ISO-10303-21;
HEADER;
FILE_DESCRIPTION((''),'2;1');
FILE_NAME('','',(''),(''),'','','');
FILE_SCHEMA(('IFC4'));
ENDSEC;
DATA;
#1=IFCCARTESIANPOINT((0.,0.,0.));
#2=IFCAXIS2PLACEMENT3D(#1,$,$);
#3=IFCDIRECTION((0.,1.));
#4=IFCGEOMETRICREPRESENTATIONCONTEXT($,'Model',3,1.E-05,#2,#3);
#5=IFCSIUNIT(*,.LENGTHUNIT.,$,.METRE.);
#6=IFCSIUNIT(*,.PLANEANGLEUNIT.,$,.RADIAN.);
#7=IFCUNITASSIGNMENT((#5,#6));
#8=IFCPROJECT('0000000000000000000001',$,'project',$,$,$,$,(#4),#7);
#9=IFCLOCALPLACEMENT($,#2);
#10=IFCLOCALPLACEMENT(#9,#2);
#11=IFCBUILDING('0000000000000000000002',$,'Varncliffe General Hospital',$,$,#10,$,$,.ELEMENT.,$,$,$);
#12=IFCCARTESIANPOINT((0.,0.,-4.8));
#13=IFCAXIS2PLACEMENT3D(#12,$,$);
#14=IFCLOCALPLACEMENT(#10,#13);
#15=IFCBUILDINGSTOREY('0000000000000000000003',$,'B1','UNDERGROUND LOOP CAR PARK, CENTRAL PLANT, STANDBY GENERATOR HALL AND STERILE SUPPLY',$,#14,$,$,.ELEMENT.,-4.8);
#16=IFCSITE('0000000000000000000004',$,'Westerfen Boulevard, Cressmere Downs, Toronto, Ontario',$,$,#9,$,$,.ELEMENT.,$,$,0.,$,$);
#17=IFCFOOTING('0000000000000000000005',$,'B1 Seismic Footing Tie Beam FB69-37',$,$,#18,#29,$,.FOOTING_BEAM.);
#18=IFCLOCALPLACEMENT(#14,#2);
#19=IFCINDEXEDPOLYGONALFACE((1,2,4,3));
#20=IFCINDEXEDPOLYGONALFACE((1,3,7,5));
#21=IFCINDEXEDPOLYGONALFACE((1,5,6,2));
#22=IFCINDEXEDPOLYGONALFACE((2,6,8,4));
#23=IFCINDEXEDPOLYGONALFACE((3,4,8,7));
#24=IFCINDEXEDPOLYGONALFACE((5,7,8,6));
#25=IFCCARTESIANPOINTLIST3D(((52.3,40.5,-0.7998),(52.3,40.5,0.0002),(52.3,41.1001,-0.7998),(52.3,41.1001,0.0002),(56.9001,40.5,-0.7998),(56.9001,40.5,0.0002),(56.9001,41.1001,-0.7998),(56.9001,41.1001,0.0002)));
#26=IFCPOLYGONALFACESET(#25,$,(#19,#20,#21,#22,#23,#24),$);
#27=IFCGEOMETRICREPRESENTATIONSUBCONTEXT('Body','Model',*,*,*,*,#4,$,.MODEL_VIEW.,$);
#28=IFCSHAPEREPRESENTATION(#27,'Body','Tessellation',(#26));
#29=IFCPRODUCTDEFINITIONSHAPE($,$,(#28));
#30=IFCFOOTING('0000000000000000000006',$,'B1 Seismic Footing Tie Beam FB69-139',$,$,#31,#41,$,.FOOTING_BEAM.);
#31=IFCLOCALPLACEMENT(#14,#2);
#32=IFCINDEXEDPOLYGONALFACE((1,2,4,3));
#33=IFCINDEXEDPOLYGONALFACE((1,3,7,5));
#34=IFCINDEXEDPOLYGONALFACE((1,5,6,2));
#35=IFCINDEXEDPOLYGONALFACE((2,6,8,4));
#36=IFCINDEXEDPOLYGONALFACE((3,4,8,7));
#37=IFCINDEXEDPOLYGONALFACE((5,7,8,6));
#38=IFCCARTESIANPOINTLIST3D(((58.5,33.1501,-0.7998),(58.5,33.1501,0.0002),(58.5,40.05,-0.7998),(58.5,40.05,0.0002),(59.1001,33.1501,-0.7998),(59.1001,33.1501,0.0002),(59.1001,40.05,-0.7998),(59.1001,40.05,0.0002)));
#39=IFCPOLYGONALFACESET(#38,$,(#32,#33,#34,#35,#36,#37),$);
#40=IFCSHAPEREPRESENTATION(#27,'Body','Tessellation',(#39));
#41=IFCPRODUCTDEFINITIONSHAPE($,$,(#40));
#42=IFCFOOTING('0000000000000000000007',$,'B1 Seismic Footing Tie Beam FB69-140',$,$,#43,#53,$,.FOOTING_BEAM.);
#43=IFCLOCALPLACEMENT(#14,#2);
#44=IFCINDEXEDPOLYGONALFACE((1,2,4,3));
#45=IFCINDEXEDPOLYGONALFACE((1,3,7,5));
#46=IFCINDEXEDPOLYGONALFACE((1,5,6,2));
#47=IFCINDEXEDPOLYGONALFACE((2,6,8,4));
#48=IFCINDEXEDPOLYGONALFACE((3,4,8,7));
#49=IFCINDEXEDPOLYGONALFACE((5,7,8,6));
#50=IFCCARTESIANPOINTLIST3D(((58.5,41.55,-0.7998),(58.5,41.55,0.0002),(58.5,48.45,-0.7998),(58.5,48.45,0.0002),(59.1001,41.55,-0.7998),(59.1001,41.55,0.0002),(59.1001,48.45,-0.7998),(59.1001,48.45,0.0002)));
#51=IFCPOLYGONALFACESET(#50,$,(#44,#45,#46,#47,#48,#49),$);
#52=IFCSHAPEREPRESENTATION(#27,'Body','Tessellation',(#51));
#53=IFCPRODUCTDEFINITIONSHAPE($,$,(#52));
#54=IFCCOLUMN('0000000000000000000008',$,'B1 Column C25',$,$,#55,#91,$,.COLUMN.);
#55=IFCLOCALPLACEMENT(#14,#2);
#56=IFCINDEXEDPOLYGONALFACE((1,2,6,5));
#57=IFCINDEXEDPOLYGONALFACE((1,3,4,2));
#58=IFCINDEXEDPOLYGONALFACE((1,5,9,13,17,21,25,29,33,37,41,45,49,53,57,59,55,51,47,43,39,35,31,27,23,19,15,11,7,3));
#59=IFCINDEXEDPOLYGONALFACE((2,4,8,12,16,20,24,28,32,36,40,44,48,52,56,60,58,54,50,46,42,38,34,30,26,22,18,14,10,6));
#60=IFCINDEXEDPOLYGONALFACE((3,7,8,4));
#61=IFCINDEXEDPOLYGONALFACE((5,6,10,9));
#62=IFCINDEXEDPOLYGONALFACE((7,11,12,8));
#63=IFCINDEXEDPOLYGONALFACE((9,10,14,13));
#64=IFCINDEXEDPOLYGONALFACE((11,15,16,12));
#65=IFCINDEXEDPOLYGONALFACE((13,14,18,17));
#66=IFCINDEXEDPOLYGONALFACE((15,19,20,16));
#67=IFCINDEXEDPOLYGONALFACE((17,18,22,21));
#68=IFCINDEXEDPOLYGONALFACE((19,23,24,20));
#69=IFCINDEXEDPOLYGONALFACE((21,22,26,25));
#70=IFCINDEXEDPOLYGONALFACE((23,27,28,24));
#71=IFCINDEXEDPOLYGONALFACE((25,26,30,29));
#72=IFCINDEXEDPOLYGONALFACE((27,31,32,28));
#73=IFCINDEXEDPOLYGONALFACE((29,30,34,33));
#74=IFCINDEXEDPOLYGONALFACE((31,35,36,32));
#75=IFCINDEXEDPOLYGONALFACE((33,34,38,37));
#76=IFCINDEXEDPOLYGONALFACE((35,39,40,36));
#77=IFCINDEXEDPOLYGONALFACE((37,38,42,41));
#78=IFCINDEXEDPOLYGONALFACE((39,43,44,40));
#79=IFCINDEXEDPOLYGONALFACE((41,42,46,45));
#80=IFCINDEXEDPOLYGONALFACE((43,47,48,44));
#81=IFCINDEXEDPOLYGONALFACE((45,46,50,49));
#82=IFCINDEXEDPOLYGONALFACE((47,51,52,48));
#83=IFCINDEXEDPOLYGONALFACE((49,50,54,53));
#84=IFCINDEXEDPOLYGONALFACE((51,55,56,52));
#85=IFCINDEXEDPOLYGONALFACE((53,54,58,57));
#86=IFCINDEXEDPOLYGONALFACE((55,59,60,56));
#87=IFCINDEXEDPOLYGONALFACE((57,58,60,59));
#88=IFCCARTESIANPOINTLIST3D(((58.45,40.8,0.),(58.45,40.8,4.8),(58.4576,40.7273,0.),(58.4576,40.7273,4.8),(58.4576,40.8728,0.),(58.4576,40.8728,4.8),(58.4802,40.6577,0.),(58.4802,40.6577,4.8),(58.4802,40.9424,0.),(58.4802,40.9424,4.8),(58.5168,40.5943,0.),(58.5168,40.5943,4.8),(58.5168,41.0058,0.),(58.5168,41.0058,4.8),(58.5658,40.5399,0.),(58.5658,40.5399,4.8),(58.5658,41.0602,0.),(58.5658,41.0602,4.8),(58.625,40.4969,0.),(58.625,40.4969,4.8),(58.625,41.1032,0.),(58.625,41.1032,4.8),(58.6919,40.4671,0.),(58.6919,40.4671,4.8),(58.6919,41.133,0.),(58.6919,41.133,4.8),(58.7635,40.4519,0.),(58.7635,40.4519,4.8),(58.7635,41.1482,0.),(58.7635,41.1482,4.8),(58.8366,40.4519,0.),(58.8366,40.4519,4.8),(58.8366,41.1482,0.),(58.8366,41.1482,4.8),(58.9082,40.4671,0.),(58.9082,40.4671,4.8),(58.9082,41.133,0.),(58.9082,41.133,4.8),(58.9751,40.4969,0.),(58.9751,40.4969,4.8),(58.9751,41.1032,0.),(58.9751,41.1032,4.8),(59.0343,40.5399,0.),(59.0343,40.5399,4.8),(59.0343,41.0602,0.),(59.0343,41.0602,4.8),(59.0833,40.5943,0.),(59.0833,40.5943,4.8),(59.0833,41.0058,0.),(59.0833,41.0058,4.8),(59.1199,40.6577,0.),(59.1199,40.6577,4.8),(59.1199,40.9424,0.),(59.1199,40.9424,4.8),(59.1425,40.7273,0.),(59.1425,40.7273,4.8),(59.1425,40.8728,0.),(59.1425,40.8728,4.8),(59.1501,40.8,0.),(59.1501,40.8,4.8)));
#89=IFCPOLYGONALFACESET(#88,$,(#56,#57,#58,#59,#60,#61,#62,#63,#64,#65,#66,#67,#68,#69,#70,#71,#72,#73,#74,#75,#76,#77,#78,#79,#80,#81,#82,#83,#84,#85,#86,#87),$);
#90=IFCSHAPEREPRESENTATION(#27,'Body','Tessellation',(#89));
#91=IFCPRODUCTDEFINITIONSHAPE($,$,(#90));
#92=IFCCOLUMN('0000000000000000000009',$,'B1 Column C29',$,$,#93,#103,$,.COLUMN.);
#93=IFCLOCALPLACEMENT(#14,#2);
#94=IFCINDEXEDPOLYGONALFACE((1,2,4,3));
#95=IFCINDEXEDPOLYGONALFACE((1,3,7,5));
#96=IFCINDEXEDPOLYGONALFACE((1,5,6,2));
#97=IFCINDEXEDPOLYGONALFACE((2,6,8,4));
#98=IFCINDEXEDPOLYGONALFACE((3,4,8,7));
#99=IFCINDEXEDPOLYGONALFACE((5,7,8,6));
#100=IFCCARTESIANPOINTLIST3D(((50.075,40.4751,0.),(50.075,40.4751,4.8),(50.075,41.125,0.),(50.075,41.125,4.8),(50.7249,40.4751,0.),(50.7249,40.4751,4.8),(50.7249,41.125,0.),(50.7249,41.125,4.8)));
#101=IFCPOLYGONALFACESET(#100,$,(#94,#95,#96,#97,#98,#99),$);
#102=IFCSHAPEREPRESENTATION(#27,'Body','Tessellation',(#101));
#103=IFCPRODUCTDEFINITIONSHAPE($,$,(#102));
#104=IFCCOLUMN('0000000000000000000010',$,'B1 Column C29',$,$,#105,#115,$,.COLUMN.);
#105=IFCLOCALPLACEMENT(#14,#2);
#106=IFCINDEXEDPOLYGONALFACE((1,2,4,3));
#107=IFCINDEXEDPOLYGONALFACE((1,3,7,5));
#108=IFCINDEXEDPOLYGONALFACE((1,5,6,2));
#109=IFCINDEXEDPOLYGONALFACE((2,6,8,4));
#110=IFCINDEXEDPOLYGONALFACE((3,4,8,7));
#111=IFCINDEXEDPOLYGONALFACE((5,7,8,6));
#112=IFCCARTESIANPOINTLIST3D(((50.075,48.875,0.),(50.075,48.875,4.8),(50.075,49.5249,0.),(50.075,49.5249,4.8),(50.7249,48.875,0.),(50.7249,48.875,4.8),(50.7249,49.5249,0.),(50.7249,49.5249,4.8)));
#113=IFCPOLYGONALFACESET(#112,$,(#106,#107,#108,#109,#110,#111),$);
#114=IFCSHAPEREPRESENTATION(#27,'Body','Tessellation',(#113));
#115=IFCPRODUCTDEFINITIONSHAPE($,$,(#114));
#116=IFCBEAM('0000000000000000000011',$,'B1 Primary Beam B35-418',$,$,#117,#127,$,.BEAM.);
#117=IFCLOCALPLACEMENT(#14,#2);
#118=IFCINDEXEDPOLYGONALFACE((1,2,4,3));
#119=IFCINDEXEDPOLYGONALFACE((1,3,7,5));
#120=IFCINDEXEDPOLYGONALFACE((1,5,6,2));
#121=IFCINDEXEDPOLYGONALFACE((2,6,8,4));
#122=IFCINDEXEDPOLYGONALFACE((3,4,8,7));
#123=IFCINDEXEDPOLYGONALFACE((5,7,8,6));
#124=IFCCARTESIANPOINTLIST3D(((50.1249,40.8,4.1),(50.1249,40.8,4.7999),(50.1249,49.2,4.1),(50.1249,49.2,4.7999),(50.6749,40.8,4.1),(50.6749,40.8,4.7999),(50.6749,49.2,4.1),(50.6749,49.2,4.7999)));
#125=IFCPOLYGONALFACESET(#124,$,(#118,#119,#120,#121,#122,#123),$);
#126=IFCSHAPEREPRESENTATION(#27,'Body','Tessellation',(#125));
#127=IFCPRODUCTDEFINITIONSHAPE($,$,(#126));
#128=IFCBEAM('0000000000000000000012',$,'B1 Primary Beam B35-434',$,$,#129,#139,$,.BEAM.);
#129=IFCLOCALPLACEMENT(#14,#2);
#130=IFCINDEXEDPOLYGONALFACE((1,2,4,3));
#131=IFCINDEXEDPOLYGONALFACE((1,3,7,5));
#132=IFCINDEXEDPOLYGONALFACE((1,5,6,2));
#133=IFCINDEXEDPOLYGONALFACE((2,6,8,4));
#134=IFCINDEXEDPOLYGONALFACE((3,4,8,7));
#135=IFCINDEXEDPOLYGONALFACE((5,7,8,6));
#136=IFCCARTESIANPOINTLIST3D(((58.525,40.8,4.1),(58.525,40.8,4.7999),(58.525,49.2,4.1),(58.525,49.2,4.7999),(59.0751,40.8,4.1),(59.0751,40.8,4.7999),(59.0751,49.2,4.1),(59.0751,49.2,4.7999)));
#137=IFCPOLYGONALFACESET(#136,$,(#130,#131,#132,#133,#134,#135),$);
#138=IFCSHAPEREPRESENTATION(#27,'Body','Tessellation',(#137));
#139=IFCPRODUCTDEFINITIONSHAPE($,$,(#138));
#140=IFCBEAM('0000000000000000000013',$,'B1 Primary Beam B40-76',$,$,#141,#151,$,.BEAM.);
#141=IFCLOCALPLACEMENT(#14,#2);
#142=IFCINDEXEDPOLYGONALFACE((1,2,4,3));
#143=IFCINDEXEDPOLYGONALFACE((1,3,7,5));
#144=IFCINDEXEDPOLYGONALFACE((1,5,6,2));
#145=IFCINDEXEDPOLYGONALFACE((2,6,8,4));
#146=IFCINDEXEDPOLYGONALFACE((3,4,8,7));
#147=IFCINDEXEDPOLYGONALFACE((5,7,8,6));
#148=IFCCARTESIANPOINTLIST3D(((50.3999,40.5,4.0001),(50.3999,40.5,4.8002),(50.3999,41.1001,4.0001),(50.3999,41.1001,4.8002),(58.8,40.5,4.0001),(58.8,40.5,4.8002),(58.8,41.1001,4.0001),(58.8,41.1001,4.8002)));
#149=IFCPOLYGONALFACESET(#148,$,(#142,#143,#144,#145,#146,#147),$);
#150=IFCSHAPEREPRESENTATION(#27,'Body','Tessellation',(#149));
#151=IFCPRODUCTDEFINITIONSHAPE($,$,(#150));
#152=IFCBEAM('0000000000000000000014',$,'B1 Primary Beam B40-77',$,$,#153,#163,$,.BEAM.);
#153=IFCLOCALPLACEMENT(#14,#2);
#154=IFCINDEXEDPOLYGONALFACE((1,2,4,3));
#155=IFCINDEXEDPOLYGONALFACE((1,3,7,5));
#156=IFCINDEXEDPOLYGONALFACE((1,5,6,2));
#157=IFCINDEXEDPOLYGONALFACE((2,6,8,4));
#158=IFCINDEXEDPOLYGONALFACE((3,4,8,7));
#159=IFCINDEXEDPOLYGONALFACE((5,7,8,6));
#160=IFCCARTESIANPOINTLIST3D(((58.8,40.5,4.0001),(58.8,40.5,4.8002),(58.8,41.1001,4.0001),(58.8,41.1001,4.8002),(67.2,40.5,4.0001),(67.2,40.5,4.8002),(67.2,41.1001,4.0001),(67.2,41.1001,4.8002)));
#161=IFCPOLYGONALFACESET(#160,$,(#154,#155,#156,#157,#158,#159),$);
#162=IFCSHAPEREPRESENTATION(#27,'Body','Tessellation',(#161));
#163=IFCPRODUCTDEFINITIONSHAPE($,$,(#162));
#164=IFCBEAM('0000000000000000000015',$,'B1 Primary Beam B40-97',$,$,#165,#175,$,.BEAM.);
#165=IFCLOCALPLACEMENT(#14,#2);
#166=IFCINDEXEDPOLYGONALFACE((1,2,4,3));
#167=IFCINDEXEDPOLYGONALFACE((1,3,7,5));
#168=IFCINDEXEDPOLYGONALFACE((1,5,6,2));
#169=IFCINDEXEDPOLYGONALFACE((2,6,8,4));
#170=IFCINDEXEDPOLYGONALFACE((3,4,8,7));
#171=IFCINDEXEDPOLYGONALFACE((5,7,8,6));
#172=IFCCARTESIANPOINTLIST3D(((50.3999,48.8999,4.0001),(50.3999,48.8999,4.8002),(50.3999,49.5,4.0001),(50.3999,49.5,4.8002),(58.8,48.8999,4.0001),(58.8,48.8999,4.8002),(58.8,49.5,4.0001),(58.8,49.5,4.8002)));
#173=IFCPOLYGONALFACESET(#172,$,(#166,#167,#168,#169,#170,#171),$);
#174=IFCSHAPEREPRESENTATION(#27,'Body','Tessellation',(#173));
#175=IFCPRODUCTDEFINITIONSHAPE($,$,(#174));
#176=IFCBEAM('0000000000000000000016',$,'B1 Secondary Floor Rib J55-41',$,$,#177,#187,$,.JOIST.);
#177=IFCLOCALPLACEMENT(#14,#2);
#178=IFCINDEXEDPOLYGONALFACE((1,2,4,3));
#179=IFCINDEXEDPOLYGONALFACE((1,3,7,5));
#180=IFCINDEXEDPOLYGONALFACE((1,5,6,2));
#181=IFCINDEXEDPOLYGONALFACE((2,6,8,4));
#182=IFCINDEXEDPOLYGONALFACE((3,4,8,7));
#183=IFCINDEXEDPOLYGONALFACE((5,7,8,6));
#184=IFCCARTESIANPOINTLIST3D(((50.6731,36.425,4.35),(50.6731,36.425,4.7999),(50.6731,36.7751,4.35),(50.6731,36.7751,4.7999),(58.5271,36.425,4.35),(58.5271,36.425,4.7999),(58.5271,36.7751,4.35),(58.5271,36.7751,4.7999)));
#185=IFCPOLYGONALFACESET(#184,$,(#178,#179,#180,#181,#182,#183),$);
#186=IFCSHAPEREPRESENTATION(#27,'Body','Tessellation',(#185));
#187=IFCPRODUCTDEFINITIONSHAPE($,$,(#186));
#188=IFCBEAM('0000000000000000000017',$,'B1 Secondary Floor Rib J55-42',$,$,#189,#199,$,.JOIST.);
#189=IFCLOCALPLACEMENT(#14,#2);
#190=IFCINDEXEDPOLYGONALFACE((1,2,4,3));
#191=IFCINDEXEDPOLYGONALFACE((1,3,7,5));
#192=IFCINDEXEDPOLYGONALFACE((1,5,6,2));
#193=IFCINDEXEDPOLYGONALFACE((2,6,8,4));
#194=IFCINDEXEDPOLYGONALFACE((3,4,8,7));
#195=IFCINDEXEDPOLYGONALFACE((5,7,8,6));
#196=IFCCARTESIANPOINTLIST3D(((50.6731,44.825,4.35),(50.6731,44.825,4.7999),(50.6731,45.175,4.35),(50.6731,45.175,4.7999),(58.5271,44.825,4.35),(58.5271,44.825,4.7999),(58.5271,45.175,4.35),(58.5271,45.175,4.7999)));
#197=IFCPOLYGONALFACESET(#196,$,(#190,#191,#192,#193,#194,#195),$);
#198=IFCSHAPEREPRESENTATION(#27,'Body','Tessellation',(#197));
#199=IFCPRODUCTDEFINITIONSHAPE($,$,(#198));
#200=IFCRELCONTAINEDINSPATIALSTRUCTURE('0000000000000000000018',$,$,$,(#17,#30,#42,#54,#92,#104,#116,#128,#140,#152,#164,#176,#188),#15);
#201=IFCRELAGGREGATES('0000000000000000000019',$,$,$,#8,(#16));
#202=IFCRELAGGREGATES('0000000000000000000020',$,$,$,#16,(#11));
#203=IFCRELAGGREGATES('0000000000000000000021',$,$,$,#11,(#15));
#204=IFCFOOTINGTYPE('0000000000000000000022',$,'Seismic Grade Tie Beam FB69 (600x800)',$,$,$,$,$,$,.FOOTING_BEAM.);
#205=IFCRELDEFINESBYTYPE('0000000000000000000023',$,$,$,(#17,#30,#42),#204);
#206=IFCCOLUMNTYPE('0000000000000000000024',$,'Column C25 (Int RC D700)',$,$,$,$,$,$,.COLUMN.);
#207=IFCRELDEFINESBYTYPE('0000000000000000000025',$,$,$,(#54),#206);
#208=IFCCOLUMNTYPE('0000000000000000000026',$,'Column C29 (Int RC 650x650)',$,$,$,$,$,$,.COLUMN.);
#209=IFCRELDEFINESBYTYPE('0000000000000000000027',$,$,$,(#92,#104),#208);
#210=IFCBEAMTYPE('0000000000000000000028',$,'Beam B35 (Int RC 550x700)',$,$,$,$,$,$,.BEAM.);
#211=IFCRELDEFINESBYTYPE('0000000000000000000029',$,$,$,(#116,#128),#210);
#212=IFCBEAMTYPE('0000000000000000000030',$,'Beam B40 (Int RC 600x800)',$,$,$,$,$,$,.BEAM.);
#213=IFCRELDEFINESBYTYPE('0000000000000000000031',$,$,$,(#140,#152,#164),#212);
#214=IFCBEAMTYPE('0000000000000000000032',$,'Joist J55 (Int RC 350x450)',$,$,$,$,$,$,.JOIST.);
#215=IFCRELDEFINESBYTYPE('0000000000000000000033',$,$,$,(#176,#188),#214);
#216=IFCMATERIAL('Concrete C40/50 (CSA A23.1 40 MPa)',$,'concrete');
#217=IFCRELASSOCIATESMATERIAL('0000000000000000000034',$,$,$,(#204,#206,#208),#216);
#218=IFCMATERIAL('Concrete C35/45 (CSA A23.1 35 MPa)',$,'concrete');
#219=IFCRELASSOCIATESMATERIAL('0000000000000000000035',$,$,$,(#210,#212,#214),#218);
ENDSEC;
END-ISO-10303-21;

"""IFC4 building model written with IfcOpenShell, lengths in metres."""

from ifc_helpers import new_model, si_unit, direction, frame, origin, origin_2d, place, context, subcontext, project, spatial, rectangle, circle, extrude, material, material_profile, profile_set, type_object, element, save


model = new_model("IFC4")

# Units and contexts
model_context = context("Model", 3, precision=1e-05, world=origin(), true_north=direction((0.0, 1.0)))
body_context = subcontext(model_context, "Body", "Model", "MODEL_VIEW")
ifc_project = project(units=[si_unit("LENGTHUNIT", "METRE"), si_unit("PLANEANGLEUNIT", "RADIAN")], contexts=[model_context])

# Site, building, storey
site_placement = place(None, origin())
site = spatial("IfcSite", under=ifc_project, at=site_placement, Name="Westerfen Boulevard, Cressmere Downs, Toronto, Ontario", CompositionType="ELEMENT", RefElevation=0.0)
building_placement = place(site_placement, origin())
building = spatial("IfcBuilding", under=site, at=building_placement, Name="Varncliffe General Hospital", CompositionType="ELEMENT")
storey_placement = place(building_placement, frame((0.0, 0.0, -4.8)))
storey = spatial("IfcBuildingStorey", under=building, at=storey_placement, Name="B1", Description="UNDERGROUND LOOP CAR PARK, CENTRAL PLANT, STANDBY GENERATOR HALL AND STERILE SUPPLY", CompositionType="ELEMENT", Elevation=-4.8)

# Shared definitions
ifc_material_1 = material(Name="Concrete C40/50 (CSA A23.1 40 MPa)", Category="concrete")

# Footings
footing_type_1 = type_object("IfcFootingType", Name="Seismic Grade Tie Beam FB69 (600x800)", PredefinedType="FOOTING_BEAM", material=ifc_material_1)
footing_placement = place(storey_placement, frame((54.6001, 40.8, -0.7998), z_axis=(0.0, 0.0, 1.0), x_axis=(1.0, 0.0, 0.0)))
element("IfcFooting", 1, at=footing_placement, inside=storey, type_object=footing_type_1, Name="B1 Seismic Footing Tie Beam FB69-37", PredefinedType="FOOTING_BEAM", context=body_context, shape_type="SweptSolid", body=[
    extrude(rectangle(XDim=4.6001, YDim=0.6001, at=origin_2d()), origin(), (0.0, 0.0, 1.0), 0.8),
])
for number, where, z_axis, x_axis, name in (
    (2, (58.8, 36.6001, -0.7998), (0.0, 0.0, 1.0), (1.0, 0.0, 0.0), "B1 Seismic Footing Tie Beam FB69-139"),
    (3, (58.8, 45.0, -0.7998), (0.0, 0.0, 1.0), (1.0, 0.0, 0.0), "B1 Seismic Footing Tie Beam FB69-140"),
):
    element("IfcFooting", number, at=place(storey_placement, frame(where, z_axis=z_axis, x_axis=x_axis)), inside=storey, type_object=footing_type_1, Name=name, PredefinedType="FOOTING_BEAM", context=body_context, shape_type="SweptSolid", body=[
        extrude(rectangle(XDim=0.6001, YDim=6.8999, at=origin_2d()), origin(), (0.0, 0.0, 1.0), 0.8),
    ])

# Columns
ifc_material_profile_1 = material_profile(ifc_material_1, circle(Radius=0.3501, at=origin_2d()), Name="RC D700")
ifc_profile_set_1 = profile_set([ifc_material_profile_1], Name="Concrete C40/50 (CSA A23.1 40 MPa)")
column_type_1 = type_object("IfcColumnType", Name="Column C25 (Int RC D700)", PredefinedType="COLUMN", material=ifc_profile_set_1)
column_placement = place(storey_placement, frame((58.8, 40.8, 0.0), z_axis=(0.0, 0.0, 1.0), x_axis=(1.0, 0.0, 0.0)))
element("IfcColumn", 4, at=column_placement, inside=storey, type_object=column_type_1, Name="B1 Column C25", PredefinedType="COLUMN", context=body_context, shape_type="SweptSolid", body=[
    extrude(circle(Radius=0.3501, at=origin_2d()), origin(), (0.0, 0.0, 1.0), 4.8),
])
ifc_material_profile_2 = material_profile(ifc_material_1, rectangle(XDim=0.6499, YDim=0.6499, at=origin_2d()), Name="RC 650x650")
ifc_profile_set_2 = profile_set([ifc_material_profile_2], Name="Concrete C40/50 (CSA A23.1 40 MPa)")
column_type_2 = type_object("IfcColumnType", Name="Column C29 (Int RC 650x650)", PredefinedType="COLUMN", material=ifc_profile_set_2)
for number, where, z_axis, x_axis, name in (
    (5, (50.3999, 40.8, 0.0), (0.0, 0.0, 1.0), (1.0, 0.0, 0.0), "B1 Column C29"),
    (6, (50.3999, 49.2, 0.0), (0.0, 0.0, 1.0), (1.0, 0.0, 0.0), "B1 Column C29"),
):
    element("IfcColumn", number, at=place(storey_placement, frame(where, z_axis=z_axis, x_axis=x_axis)), inside=storey, type_object=column_type_2, Name=name, PredefinedType="COLUMN", context=body_context, shape_type="SweptSolid", body=[
        extrude(rectangle(XDim=0.6499, YDim=0.6499, at=origin_2d()), origin(), (0.0, 0.0, 1.0), 4.8),
    ])

# Beams
ifc_material_2 = material(Name="Concrete C35/45 (CSA A23.1 35 MPa)", Category="concrete")
ifc_material_profile_3 = material_profile(ifc_material_2, rectangle(XDim=0.55, YDim=0.7, at=origin_2d()), Name="RC 550x700")
ifc_profile_set_3 = profile_set([ifc_material_profile_3], Name="Concrete C35/45 (CSA A23.1 35 MPa)")
beam_type_1 = type_object("IfcBeamType", Name="Beam B35 (Int RC 550x700)", PredefinedType="BEAM", material=ifc_profile_set_3)
for number, where, z_axis, x_axis, name in (
    (7, (50.3999, 40.8, 4.45), (0.0, 1.0, 0.0), (-1.0, 0.0, 0.0), "B1 Primary Beam B35-418"),
    (8, (58.8, 40.8, 4.45), (0.0, 1.0, 0.0), (-1.0, 0.0, 0.0), "B1 Primary Beam B35-434"),
):
    element("IfcBeam", number, at=place(storey_placement, frame(where, z_axis=z_axis, x_axis=x_axis)), inside=storey, type_object=beam_type_1, Name=name, PredefinedType="BEAM", context=body_context, shape_type="SweptSolid", body=[
        extrude(rectangle(XDim=0.55, YDim=0.7, at=origin_2d()), origin(), (0.0, 0.0, 1.0), 8.3999),
    ])
ifc_material_profile_4 = material_profile(ifc_material_2, rectangle(XDim=0.6001, YDim=0.8, at=origin_2d()), Name="RC 600x800")
ifc_profile_set_4 = profile_set([ifc_material_profile_4], Name="Concrete C35/45 (CSA A23.1 35 MPa)")
beam_type_2 = type_object("IfcBeamType", Name="Beam B40 (Int RC 600x800)", PredefinedType="BEAM", material=ifc_profile_set_4)
beam_1_placement = place(storey_placement, frame((50.3999, 40.8, 4.4001), z_axis=(1.0, 0.0, 0.0), x_axis=(0.0, 1.0, 0.0)))
element("IfcBeam", 9, at=beam_1_placement, inside=storey, type_object=beam_type_2, Name="B1 Primary Beam B40-76", PredefinedType="BEAM", context=body_context, shape_type="SweptSolid", body=[
    extrude(rectangle(XDim=0.6001, YDim=0.8, at=origin_2d()), origin(), (0.0, 0.0, 1.0), 8.4001),
])
beam_2_placement = place(storey_placement, frame((58.8, 40.8, 4.4001), z_axis=(1.0, 0.0, 0.0), x_axis=(0.0, 1.0, 0.0)))
element("IfcBeam", 10, at=beam_2_placement, inside=storey, type_object=beam_type_2, Name="B1 Primary Beam B40-77", PredefinedType="BEAM", context=body_context, shape_type="SweptSolid", body=[
    extrude(rectangle(XDim=0.6001, YDim=0.8, at=origin_2d()), origin(), (0.0, 0.0, 1.0), 8.3999),
])
beam_3_placement = place(storey_placement, frame((50.3999, 49.2, 4.4001), z_axis=(1.0, 0.0, 0.0), x_axis=(0.0, 1.0, 0.0)))
element("IfcBeam", 11, at=beam_3_placement, inside=storey, type_object=beam_type_2, Name="B1 Primary Beam B40-97", PredefinedType="BEAM", context=body_context, shape_type="SweptSolid", body=[
    extrude(rectangle(XDim=0.6001, YDim=0.8, at=origin_2d()), origin(), (0.0, 0.0, 1.0), 8.4001),
])
ifc_material_profile_5 = material_profile(ifc_material_2, rectangle(XDim=0.3501, YDim=0.45, at=origin_2d()), Name="RC 350x450")
ifc_profile_set_5 = profile_set([ifc_material_profile_5], Name="Concrete C35/45 (CSA A23.1 35 MPa)")
beam_type_3 = type_object("IfcBeamType", Name="Joist J55 (Int RC 350x450)", PredefinedType="JOIST", material=ifc_profile_set_5)
for number, where, z_axis, x_axis, name in (
    (12, (50.6731, 36.6001, 4.575), (1.0, 0.0, 0.0), (0.0, 1.0, 0.0), "B1 Secondary Floor Rib J55-41"),
    (13, (50.6731, 45.0, 4.575), (1.0, 0.0, 0.0), (0.0, 1.0, 0.0), "B1 Secondary Floor Rib J55-42"),
):
    element("IfcBeam", number, at=place(storey_placement, frame(where, z_axis=z_axis, x_axis=x_axis)), inside=storey, type_object=beam_type_3, Name=name, PredefinedType="JOIST", context=body_context, shape_type="SweptSolid", body=[
        extrude(rectangle(XDim=0.3501, YDim=0.45, at=origin_2d()), origin(), (0.0, 0.0, 1.0), 7.854),
    ])

save(model, "model.ifc")
